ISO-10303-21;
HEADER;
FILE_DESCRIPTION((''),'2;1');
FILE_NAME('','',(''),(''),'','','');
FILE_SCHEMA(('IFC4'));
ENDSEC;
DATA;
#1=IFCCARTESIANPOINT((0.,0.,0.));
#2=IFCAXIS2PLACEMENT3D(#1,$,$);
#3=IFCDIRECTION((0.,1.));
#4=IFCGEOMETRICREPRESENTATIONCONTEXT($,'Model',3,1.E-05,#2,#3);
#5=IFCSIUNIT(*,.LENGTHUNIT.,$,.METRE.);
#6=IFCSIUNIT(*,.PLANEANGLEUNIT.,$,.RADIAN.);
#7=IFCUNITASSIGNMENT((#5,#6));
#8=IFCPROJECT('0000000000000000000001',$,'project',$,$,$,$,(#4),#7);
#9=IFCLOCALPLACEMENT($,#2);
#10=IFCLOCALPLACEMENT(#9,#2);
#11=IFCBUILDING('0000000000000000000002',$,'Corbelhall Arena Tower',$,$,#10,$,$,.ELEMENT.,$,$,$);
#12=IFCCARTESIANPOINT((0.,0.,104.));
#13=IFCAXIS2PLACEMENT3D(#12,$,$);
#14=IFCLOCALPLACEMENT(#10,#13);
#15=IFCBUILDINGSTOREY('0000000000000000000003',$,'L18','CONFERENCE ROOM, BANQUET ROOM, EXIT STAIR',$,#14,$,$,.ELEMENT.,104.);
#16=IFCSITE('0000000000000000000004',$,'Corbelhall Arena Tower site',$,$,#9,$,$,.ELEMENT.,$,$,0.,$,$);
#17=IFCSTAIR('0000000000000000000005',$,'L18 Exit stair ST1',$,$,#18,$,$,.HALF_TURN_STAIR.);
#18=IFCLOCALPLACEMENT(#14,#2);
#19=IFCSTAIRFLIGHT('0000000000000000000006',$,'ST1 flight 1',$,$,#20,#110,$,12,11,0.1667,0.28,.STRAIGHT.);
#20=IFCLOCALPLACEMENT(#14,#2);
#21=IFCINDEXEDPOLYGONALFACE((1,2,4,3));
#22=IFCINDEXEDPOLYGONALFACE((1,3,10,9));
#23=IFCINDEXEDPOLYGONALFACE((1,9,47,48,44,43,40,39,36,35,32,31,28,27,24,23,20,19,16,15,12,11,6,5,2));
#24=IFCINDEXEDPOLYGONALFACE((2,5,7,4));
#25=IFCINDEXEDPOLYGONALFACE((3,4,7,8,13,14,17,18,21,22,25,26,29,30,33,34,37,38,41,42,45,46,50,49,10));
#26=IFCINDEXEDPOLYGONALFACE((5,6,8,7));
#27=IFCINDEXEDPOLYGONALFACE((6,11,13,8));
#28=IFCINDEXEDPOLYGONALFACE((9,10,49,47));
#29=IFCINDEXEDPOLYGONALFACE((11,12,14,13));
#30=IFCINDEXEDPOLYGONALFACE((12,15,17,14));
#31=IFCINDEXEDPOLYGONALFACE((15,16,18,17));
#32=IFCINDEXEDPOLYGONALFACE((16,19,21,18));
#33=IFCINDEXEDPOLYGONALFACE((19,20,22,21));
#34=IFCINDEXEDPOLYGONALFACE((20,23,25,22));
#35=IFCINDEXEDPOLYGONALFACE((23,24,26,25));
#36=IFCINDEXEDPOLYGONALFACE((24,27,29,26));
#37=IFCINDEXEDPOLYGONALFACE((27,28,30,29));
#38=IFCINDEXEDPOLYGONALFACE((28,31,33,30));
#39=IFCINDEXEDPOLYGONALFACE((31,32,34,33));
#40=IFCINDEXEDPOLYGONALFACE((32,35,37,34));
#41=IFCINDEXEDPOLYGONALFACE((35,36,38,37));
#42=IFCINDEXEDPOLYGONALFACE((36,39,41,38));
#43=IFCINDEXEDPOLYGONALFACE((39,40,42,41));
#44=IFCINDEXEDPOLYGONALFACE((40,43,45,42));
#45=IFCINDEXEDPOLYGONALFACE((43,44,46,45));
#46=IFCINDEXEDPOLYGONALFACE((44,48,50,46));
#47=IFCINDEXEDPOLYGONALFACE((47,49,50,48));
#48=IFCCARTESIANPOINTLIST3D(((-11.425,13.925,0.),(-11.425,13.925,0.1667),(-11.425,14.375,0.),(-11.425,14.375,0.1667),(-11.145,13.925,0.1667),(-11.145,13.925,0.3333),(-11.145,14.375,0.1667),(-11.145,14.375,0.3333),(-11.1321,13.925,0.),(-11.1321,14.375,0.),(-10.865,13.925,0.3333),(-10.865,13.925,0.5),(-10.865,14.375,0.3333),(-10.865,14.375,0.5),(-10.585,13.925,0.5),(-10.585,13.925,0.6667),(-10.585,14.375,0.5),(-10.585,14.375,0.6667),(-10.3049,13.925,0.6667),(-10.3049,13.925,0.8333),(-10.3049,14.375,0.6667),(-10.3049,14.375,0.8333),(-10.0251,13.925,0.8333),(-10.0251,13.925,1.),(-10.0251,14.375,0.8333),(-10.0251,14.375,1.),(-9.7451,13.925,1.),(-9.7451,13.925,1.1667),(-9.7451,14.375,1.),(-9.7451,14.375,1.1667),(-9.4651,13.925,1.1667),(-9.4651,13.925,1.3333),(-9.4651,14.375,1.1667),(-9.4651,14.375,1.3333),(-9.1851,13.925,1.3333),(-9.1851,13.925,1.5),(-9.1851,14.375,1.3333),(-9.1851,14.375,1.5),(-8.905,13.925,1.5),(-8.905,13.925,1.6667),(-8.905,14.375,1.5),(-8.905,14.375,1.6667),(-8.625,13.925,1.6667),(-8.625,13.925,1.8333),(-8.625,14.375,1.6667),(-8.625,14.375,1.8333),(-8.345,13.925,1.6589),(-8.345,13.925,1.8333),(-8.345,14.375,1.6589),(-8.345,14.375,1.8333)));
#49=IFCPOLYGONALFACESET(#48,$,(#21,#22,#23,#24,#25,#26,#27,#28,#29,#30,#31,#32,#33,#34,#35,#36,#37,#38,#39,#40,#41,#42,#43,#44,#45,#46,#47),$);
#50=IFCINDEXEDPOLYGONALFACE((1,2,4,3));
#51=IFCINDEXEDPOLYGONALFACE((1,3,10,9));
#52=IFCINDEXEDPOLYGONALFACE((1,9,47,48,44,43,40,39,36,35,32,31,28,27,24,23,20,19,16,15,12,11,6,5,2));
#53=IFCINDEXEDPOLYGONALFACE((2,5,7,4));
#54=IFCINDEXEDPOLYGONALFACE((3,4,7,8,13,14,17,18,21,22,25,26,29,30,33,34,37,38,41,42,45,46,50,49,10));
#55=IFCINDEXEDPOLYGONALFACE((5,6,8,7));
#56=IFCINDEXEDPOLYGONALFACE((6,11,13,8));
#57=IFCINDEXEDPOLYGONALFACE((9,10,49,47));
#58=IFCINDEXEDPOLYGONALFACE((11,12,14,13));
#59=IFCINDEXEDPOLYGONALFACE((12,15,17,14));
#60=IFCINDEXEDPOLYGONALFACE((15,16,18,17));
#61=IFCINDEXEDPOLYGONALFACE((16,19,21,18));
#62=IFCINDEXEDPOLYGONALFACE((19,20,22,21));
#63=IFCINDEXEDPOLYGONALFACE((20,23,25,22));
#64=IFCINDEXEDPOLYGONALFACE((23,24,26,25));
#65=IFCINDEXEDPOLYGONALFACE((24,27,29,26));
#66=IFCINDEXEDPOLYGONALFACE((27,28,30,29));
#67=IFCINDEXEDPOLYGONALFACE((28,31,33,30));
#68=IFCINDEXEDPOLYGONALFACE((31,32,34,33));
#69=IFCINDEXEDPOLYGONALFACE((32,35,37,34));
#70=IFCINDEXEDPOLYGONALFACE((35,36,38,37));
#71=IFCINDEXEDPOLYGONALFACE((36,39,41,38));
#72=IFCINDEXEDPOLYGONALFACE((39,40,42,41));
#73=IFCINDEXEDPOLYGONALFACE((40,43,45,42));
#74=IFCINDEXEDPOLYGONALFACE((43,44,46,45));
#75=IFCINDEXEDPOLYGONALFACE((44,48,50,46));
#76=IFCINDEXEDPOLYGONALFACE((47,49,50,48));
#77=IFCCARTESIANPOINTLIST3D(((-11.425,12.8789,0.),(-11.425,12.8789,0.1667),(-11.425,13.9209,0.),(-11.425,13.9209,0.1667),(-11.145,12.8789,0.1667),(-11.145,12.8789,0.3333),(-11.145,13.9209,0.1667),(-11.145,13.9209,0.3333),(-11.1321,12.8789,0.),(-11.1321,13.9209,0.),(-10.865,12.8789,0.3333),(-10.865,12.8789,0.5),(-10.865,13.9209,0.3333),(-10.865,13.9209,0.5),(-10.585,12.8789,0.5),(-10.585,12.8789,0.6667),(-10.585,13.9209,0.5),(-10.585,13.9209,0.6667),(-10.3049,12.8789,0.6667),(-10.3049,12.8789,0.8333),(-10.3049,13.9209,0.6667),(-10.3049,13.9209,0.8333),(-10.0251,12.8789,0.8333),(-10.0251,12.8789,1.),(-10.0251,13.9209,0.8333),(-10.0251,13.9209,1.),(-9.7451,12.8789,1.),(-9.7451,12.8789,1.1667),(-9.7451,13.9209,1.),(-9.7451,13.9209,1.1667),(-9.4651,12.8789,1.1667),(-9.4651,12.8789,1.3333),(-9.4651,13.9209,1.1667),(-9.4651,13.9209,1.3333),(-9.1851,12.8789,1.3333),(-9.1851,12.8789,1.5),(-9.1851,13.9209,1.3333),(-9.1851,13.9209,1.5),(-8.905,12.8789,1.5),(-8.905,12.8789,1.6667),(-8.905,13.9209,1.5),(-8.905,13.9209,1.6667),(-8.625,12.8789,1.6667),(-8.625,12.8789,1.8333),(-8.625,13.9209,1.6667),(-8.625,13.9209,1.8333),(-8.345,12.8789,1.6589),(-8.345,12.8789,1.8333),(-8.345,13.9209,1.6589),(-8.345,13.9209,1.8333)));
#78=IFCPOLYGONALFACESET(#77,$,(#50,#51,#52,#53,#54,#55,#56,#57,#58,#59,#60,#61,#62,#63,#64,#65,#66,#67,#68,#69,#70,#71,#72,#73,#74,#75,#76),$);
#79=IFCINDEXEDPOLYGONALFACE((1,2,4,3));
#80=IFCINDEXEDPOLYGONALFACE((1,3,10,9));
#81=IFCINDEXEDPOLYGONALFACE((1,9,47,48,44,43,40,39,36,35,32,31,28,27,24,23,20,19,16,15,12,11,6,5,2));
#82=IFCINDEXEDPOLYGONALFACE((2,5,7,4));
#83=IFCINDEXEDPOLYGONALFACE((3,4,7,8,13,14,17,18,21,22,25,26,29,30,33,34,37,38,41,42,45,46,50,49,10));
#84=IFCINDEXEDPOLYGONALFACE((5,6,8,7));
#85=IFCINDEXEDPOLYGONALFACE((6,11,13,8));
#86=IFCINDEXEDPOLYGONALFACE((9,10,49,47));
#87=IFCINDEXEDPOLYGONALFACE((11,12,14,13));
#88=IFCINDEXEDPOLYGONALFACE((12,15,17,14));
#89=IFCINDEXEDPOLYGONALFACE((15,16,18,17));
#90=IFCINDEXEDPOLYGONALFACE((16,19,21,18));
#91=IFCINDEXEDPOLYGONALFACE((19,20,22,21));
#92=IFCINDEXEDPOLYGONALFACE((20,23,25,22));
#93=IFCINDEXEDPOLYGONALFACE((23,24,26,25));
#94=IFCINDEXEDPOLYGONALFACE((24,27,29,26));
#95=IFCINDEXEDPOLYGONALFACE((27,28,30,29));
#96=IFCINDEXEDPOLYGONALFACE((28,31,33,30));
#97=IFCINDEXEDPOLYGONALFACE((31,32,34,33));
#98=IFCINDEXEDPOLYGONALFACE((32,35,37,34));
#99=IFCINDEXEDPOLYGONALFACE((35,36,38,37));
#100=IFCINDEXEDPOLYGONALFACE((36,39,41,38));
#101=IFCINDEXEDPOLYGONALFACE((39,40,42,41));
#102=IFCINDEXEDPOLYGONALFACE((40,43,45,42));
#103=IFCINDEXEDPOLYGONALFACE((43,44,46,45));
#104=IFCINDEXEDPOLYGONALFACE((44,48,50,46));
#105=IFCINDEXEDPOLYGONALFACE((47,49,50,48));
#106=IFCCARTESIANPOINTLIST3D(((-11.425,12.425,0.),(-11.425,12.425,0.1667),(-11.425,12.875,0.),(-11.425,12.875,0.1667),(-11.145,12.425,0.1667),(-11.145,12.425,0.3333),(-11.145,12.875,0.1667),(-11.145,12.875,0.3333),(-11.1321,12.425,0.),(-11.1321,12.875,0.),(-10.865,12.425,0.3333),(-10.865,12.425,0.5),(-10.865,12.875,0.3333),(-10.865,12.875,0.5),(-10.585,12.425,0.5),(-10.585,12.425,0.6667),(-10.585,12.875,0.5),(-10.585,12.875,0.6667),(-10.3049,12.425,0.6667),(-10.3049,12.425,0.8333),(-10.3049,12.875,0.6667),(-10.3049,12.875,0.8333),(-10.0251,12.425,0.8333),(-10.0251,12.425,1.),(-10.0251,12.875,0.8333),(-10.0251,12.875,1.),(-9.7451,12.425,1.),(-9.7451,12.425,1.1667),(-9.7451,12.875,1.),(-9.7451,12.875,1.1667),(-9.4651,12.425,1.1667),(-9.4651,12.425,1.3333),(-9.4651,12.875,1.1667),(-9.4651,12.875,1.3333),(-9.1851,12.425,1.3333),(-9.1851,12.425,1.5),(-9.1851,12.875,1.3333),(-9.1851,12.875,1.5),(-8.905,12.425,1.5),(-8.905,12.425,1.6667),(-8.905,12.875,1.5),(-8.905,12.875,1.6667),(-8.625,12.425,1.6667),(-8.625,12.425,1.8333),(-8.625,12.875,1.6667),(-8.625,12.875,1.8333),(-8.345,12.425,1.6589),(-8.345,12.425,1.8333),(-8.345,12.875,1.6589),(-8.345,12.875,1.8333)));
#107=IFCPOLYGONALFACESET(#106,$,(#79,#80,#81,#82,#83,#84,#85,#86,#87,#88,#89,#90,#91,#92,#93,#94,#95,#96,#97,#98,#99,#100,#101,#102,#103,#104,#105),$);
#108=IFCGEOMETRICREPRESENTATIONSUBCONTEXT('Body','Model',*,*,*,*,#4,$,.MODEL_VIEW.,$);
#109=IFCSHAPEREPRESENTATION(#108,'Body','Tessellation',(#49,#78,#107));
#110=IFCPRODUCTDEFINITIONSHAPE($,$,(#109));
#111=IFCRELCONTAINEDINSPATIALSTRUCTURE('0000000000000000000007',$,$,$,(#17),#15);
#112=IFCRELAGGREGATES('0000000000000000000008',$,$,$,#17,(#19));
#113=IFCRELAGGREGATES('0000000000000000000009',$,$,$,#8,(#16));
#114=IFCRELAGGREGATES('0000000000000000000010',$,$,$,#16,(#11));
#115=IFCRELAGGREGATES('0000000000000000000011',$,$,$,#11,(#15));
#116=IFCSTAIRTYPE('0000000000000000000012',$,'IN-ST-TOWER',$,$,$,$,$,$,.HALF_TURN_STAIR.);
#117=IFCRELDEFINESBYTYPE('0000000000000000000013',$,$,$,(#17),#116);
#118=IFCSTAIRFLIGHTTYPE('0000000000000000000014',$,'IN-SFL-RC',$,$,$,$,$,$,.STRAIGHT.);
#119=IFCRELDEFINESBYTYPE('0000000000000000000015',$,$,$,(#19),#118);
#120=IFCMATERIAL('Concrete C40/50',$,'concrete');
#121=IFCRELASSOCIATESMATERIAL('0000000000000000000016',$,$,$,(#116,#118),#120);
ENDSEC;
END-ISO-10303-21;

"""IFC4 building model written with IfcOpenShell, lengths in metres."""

from ifc_helpers import new_model, si_unit, direction, frame, origin, place, context, subcontext, project, spatial, polyline, outline, extrude, material, type_object, element, aggregate, save


model = new_model("IFC4")

# Units and contexts
model_context = context("Model", 3, precision=1e-05, world=origin(), true_north=direction((0.0, 1.0)))
body_context = subcontext(model_context, "Body", "Model", "MODEL_VIEW")
ifc_project = project(units=[si_unit("LENGTHUNIT", "METRE"), si_unit("PLANEANGLEUNIT", "RADIAN")], contexts=[model_context])

# Site, building, storey
site_placement = place(None, origin())
site = spatial("IfcSite", under=ifc_project, at=site_placement, Name="Corbelhall Arena Tower site", CompositionType="ELEMENT", RefElevation=0.0)
building_placement = place(site_placement, origin())
building = spatial("IfcBuilding", under=site, at=building_placement, Name="Corbelhall Arena Tower", CompositionType="ELEMENT")
storey_placement = place(building_placement, frame((0.0, 0.0, 104.0)))
storey = spatial("IfcBuildingStorey", under=building, at=storey_placement, Name="L18", Description="CONFERENCE ROOM, BANQUET ROOM, EXIT STAIR", CompositionType="ELEMENT", Elevation=104.0)

# Shared definitions
ifc_material_1 = material(Name="Concrete C40/50", Category="concrete")

# Stair, stair flight
stair_type = type_object("IfcStairType", Name="IN-ST-TOWER", PredefinedType="HALF_TURN_STAIR", material=ifc_material_1)
stair_placement = place(storey_placement, origin())
stair = element("IfcStair", 1, at=stair_placement, inside=storey, type_object=stair_type, Name="L18 Exit stair ST1", PredefinedType="HALF_TURN_STAIR")
stair_flight_type = type_object("IfcStairFlightType", Name="IN-SFL-RC", PredefinedType="STRAIGHT", material=ifc_material_1)
stair_flight_placement = place(storey_placement, frame((-11.425, 13.3999, 0.0), z_axis=(0.0, 0.0, 1.0), x_axis=(1.0, 0.0, 0.0)))
stair_flight = element("IfcStairFlight", 2, at=stair_flight_placement, type_object=stair_flight_type, Name="ST1 flight 1", NumberOfRisers=12, NumberOfTreads=11, PredefinedType="STRAIGHT", RiserHeight=0.1667, TreadLength=0.28, context=body_context, shape_type="SweptSolid", body=[
    extrude(outline(polyline([(0.0, 0.0), (0.0, 0.1667), (0.28, 0.1667), (0.28, 0.3333), (0.5601, 0.3333), (0.5601, 0.5), (0.8401, 0.5), (0.8401, 0.6667), (1.1201, 0.6667), (1.1201, 0.8333), (1.3999, 0.8333), (1.3999, 1.0), (1.6799, 1.0), (1.6799, 1.1667), (1.96, 1.1667), (1.96, 1.3333), (2.24, 1.3333), (2.24, 1.5), (2.52, 1.5), (2.52, 1.6667), (2.8, 1.6667), (2.8, 1.8333), (3.0801, 1.8333), (3.0801, 2.0), (3.0801, 1.6589), (0.293, 0.0), (0.0, 0.0)])), frame((0.0, 0.9751, 0.0), z_axis=(0.0, -1.0, 0.0), x_axis=(1.0, 0.0, 0.0)), (0.0, 0.0, 1.0), 0.45),
    extrude(outline(polyline([(0.0, 0.0), (0.0, 0.1667), (0.28, 0.1667), (0.28, 0.3333), (0.5601, 0.3333), (0.5601, 0.5), (0.8401, 0.5), (0.8401, 0.6667), (1.1201, 0.6667), (1.1201, 0.8333), (1.3999, 0.8333), (1.3999, 1.0), (1.6799, 1.0), (1.6799, 1.1667), (1.96, 1.1667), (1.96, 1.3333), (2.24, 1.3333), (2.24, 1.5), (2.52, 1.5), (2.52, 1.6667), (2.8, 1.6667), (2.8, 1.8333), (3.0801, 1.8333), (3.0801, 2.0), (3.0801, 1.6589), (0.293, 0.0), (0.0, 0.0)])), frame((0.0, 0.521, 0.0), z_axis=(0.0, -1.0, 0.0), x_axis=(1.0, 0.0, 0.0)), (0.0, 0.0, 1.0), 1.042),
    extrude(outline(polyline([(0.0, 0.0), (0.0, 0.1667), (0.28, 0.1667), (0.28, 0.3333), (0.5601, 0.3333), (0.5601, 0.5), (0.8401, 0.5), (0.8401, 0.6667), (1.1201, 0.6667), (1.1201, 0.8333), (1.3999, 0.8333), (1.3999, 1.0), (1.6799, 1.0), (1.6799, 1.1667), (1.96, 1.1667), (1.96, 1.3333), (2.24, 1.3333), (2.24, 1.5), (2.52, 1.5), (2.52, 1.6667), (2.8, 1.6667), (2.8, 1.8333), (3.0801, 1.8333), (3.0801, 2.0), (3.0801, 1.6589), (0.293, 0.0), (0.0, 0.0)])), frame((0.0, -0.5249, 0.0), z_axis=(0.0, -1.0, 0.0), x_axis=(1.0, 0.0, 0.0)), (0.0, 0.0, 1.0), 0.45),
])
aggregate(stair, [stair_flight])

save(model, "model.ifc")
